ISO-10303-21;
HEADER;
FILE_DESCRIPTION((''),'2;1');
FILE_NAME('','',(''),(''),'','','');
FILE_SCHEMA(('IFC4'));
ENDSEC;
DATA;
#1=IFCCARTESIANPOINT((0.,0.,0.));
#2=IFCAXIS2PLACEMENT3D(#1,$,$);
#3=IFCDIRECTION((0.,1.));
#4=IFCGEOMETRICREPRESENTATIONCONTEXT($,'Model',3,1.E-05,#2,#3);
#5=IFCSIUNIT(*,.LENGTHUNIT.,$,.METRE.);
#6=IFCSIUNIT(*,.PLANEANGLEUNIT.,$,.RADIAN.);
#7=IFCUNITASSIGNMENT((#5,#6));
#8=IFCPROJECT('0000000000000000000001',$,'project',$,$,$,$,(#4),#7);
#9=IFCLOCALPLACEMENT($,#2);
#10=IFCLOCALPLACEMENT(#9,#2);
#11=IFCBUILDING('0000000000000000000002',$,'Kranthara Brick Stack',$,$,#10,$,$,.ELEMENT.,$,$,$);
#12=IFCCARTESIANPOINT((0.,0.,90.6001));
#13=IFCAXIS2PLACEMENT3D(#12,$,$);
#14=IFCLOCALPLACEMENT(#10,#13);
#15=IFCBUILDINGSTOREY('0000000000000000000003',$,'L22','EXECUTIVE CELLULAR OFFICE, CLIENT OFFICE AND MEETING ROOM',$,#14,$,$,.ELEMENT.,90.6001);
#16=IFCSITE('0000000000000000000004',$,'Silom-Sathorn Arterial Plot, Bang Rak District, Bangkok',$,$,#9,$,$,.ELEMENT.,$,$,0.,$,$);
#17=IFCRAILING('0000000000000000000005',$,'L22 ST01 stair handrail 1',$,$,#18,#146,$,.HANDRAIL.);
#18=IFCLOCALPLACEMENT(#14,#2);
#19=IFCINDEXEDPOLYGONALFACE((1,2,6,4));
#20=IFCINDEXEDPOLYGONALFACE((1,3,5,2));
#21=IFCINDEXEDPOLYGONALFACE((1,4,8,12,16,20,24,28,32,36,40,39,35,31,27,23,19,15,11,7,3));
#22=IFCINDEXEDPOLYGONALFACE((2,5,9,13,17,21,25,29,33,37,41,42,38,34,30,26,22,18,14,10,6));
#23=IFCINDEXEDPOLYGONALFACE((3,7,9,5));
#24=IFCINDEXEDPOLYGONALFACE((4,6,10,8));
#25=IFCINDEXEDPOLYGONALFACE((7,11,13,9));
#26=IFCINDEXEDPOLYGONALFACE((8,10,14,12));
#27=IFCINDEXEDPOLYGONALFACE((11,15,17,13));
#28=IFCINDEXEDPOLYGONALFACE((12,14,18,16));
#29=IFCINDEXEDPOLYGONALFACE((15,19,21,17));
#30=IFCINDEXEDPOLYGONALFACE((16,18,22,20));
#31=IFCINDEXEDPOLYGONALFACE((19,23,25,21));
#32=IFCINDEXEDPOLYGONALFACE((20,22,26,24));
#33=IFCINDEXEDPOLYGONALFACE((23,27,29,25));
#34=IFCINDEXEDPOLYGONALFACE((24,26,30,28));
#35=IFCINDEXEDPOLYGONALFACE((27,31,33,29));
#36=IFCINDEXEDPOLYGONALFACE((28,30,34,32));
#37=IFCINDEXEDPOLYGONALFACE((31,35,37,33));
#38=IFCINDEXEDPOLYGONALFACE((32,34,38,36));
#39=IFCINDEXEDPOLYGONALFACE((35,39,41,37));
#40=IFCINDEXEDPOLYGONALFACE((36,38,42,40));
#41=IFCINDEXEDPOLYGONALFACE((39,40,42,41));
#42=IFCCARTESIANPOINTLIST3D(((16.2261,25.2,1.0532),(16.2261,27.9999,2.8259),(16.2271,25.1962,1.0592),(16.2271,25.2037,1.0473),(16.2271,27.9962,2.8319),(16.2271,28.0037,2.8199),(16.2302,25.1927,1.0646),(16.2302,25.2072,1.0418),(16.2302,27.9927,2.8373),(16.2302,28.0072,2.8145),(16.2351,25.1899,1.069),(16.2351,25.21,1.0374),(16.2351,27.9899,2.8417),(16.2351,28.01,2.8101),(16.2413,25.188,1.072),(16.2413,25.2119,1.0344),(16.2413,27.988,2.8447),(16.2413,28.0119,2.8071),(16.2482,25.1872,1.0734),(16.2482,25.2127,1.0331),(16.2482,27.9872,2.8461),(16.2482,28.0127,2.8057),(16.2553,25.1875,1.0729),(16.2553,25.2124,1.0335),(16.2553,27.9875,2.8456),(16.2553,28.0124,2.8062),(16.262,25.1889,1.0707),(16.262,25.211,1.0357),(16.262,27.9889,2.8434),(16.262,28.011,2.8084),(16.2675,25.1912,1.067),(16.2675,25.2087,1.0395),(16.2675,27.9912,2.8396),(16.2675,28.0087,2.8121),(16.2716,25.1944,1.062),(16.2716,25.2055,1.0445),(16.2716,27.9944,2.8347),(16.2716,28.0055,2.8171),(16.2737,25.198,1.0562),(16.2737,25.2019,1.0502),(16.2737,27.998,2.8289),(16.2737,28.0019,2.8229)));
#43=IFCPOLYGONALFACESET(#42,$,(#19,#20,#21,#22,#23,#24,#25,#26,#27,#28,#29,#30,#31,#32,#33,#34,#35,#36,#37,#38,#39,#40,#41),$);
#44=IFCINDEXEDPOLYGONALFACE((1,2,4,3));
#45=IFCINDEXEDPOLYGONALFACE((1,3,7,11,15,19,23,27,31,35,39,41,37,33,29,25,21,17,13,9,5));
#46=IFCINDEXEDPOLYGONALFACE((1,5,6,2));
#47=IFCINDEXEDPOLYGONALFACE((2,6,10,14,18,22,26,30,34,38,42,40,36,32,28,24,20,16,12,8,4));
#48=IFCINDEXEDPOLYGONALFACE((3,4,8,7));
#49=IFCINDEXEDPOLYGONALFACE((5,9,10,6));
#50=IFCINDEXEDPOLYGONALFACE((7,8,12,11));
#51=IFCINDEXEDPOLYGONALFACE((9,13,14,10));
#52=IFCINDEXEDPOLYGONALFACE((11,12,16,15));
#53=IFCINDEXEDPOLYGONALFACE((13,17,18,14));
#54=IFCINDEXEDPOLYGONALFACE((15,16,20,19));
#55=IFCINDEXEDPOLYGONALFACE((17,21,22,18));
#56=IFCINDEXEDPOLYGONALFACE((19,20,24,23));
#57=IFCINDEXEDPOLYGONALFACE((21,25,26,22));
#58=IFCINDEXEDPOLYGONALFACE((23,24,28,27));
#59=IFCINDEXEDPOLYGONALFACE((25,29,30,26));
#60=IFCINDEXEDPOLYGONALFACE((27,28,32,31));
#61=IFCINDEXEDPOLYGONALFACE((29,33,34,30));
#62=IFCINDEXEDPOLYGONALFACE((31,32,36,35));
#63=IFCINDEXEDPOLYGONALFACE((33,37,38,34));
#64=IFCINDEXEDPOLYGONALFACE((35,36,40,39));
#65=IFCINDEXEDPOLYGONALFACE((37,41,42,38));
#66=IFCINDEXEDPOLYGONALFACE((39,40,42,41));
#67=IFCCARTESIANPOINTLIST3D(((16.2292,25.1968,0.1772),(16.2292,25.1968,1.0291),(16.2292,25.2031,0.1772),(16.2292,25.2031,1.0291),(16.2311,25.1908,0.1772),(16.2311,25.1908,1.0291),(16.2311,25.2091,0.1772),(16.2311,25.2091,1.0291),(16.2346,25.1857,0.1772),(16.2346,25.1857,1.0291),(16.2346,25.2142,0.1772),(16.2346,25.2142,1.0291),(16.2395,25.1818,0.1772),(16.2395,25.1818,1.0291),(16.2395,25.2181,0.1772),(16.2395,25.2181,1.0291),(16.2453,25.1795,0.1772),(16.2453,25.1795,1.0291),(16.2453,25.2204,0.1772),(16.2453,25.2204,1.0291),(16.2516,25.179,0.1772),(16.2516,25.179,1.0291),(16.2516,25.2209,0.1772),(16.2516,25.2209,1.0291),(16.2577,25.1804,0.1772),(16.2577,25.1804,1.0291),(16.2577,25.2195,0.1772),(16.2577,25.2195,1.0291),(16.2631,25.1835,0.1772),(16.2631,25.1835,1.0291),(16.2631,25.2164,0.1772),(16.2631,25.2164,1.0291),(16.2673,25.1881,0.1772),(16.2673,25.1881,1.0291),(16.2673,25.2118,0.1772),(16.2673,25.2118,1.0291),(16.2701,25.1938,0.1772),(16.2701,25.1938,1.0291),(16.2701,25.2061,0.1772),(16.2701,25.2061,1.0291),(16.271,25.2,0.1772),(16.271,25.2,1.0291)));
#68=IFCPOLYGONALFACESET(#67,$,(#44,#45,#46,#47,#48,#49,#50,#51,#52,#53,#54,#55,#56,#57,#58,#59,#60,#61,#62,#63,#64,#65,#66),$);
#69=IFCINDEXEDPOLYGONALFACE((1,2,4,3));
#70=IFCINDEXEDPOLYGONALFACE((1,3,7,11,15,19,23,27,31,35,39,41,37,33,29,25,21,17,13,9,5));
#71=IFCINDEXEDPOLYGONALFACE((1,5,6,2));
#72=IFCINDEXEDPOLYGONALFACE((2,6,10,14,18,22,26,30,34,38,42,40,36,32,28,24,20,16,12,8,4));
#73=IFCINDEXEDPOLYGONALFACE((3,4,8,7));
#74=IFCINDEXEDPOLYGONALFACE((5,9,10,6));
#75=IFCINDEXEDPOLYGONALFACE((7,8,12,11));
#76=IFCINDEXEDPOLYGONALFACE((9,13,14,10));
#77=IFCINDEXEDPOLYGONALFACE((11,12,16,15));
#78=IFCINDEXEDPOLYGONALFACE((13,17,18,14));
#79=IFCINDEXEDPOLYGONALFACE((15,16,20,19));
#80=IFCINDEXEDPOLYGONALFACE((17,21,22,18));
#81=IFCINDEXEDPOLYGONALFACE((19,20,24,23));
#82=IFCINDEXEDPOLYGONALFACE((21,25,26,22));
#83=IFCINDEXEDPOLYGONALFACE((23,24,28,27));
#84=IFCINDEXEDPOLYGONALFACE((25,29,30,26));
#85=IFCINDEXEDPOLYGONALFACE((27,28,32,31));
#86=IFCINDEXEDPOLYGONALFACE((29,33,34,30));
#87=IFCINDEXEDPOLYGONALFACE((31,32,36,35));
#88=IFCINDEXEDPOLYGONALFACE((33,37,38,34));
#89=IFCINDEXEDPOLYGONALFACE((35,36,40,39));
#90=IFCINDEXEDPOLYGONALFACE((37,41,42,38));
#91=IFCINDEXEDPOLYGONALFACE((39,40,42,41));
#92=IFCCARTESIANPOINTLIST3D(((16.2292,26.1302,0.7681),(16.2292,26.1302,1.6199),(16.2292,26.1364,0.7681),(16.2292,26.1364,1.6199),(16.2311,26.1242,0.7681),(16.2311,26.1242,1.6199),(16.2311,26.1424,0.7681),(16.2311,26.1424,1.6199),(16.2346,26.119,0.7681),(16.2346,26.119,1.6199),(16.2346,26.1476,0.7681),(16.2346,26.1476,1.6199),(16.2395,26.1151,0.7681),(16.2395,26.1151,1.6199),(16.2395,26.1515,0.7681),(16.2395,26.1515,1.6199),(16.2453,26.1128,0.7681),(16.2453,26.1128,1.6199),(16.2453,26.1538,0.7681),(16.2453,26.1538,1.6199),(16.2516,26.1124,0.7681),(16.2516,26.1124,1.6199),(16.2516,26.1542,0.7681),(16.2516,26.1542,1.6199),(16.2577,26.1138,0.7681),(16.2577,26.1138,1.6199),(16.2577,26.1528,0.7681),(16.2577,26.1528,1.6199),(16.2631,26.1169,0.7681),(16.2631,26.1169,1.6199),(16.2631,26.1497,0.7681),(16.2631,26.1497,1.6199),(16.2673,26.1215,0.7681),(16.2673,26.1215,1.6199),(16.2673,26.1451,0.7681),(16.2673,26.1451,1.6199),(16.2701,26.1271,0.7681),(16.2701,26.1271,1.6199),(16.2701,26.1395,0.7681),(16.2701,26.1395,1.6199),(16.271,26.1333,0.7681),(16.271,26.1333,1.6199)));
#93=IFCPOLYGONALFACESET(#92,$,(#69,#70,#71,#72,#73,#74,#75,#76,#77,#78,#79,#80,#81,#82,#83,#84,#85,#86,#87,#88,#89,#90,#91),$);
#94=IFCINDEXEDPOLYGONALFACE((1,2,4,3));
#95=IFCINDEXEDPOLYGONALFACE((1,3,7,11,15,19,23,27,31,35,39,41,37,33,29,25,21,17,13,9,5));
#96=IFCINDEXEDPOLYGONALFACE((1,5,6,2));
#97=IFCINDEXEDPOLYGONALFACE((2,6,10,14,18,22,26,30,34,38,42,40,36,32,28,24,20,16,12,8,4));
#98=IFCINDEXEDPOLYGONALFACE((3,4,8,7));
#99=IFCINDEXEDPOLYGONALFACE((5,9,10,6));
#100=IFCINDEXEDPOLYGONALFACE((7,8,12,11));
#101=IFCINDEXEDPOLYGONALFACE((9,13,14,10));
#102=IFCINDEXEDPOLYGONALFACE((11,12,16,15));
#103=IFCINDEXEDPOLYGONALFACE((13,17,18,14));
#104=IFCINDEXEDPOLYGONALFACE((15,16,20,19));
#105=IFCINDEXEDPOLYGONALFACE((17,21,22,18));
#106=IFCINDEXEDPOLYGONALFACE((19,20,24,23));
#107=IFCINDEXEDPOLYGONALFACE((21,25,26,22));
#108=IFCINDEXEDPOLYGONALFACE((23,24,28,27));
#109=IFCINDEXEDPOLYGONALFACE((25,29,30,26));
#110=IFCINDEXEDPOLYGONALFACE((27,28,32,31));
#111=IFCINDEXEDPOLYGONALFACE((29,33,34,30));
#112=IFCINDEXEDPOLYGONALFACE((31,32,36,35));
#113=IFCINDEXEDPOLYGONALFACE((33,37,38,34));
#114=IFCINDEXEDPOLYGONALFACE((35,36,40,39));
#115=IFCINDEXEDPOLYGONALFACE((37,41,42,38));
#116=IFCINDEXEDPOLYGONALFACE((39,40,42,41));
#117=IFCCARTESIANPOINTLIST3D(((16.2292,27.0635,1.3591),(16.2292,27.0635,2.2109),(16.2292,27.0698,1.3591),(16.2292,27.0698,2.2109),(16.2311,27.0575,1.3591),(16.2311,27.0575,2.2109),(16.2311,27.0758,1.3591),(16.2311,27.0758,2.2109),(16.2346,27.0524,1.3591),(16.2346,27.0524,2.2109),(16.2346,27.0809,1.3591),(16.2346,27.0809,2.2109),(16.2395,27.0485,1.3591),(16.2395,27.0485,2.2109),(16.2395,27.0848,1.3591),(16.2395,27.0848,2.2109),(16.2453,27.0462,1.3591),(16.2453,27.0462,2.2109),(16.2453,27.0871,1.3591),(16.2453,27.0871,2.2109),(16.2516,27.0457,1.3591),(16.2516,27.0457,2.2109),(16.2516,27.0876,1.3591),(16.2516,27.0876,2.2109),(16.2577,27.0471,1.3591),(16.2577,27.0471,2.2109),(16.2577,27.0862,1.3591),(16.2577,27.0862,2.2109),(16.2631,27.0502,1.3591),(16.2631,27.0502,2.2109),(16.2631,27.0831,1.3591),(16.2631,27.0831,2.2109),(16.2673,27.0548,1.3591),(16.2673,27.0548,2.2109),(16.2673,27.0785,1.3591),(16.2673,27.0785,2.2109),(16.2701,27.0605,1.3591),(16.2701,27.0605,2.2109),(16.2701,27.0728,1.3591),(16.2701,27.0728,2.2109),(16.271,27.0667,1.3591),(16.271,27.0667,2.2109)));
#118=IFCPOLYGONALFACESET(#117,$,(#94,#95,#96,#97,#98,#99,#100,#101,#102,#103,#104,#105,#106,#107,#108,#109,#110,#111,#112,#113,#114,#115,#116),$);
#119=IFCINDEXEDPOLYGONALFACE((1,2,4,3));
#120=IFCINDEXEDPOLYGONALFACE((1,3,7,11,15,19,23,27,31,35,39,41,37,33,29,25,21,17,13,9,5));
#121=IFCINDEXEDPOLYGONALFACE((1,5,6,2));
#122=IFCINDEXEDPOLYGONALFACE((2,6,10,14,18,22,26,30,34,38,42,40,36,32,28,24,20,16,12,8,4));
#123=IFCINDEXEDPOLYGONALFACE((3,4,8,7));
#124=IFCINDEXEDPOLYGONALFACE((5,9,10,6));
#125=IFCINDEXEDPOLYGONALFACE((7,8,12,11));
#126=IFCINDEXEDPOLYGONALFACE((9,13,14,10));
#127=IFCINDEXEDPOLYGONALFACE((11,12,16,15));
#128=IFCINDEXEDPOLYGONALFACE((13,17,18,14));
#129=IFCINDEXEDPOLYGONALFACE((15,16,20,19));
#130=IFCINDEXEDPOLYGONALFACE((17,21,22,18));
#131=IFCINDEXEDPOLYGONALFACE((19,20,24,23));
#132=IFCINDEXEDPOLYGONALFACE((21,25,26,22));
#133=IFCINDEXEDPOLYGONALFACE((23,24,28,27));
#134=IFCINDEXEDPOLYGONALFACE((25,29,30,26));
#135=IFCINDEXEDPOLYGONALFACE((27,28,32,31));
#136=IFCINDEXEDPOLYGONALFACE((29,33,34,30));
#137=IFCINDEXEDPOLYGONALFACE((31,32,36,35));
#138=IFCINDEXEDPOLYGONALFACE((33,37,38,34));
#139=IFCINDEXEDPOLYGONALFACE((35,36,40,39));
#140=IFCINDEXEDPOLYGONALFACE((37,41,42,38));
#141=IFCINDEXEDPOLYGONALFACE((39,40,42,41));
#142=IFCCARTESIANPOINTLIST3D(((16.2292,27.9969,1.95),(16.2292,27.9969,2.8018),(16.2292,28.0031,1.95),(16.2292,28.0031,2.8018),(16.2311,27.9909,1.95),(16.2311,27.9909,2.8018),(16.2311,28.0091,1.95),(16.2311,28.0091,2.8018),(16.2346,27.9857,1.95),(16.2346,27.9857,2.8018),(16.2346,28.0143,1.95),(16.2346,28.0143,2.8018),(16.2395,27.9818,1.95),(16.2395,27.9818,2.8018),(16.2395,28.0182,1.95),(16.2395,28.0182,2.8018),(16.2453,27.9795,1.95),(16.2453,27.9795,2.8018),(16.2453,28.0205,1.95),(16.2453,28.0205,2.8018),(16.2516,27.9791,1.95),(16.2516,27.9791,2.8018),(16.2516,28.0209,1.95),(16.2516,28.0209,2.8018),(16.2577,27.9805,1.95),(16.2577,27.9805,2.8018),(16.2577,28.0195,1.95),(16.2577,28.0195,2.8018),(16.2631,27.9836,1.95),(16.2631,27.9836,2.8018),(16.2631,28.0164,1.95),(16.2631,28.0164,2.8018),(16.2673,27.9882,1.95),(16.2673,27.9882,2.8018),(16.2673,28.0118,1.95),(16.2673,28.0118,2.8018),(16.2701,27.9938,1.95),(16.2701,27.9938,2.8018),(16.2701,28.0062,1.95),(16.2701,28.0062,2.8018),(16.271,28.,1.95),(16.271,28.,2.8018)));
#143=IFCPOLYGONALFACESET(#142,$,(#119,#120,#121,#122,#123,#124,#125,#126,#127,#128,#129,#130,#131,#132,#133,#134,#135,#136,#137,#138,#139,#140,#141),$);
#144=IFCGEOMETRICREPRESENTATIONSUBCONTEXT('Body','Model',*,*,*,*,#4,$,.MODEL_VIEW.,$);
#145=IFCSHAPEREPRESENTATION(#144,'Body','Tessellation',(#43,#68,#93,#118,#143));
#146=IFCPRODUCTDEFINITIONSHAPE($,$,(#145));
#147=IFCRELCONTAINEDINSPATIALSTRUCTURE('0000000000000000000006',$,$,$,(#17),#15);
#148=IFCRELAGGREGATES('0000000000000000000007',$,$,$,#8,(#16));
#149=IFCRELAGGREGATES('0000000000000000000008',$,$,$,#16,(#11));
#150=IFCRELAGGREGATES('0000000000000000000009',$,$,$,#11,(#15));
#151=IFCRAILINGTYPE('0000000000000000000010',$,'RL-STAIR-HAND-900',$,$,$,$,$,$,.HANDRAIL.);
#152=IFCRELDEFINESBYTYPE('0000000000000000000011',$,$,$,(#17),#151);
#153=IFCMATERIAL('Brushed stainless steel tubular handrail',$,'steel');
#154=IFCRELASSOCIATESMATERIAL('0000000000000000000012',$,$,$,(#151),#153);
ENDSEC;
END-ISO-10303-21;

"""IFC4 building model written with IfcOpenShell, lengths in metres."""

from ifc_helpers import new_model, si_unit, direction, frame, origin, origin_2d, place, context, subcontext, project, spatial, circle, extrude, material, type_object, element, save


model = new_model("IFC4")

# Units and contexts
model_context = context("Model", 3, precision=1e-05, world=origin(), true_north=direction((0.0, 1.0)))
body_context = subcontext(model_context, "Body", "Model", "MODEL_VIEW")
ifc_project = project(units=[si_unit("LENGTHUNIT", "METRE"), si_unit("PLANEANGLEUNIT", "RADIAN")], contexts=[model_context])

# Site, building, storey
site_placement = place(None, origin())
site = spatial("IfcSite", under=ifc_project, at=site_placement, Name="Silom-Sathorn Arterial Plot, Bang Rak District, Bangkok", CompositionType="ELEMENT", RefElevation=0.0)
building_placement = place(site_placement, origin())
building = spatial("IfcBuilding", under=site, at=building_placement, Name="Kranthara Brick Stack", CompositionType="ELEMENT")
storey_placement = place(building_placement, frame((0.0, 0.0, 90.6001)))
storey = spatial("IfcBuildingStorey", under=building, at=storey_placement, Name="L22", Description="EXECUTIVE CELLULAR OFFICE, CLIENT OFFICE AND MEETING ROOM", CompositionType="ELEMENT", Elevation=90.6001)

# Railing
ifc_material_1 = material(Name="Brushed stainless steel tubular handrail", Category="steel")
railing_type_1 = type_object("IfcRailingType", Name="RL-STAIR-HAND-900", PredefinedType="HANDRAIL", material=ifc_material_1)
railing_1_placement = place(storey_placement, frame((16.25, 25.2, 0.1772)))
element("IfcRailing", 1, at=railing_1_placement, inside=storey, type_object=railing_type_1, Name="L22 ST01 stair handrail 1", PredefinedType="HANDRAIL", context=body_context, shape_type="SweptSolid", body=[
    extrude(circle(Radius=0.0239, at=origin_2d()), frame((0.0, 0.0, 0.876), z_axis=(0.0, 0.844909, 0.53491), x_axis=(-1.0, 0.0, 0.0)), (0.0, 0.0, 1.0), 3.314),
    extrude(circle(Radius=0.021, at=origin_2d()), origin(), (0.0, 0.0, 1.0), 0.8518),
    extrude(circle(Radius=0.021, at=origin_2d()), frame((0.0, 0.9333, 0.5908)), (0.0, 0.0, 1.0), 0.8518),
    extrude(circle(Radius=0.021, at=origin_2d()), frame((0.0, 1.8667, 1.1819)), (0.0, 0.0, 1.0), 0.8518),
    extrude(circle(Radius=0.021, at=origin_2d()), frame((0.0, 2.8, 1.7727)), (0.0, 0.0, 1.0), 0.8518),
])

save(model, "model.ifc")
